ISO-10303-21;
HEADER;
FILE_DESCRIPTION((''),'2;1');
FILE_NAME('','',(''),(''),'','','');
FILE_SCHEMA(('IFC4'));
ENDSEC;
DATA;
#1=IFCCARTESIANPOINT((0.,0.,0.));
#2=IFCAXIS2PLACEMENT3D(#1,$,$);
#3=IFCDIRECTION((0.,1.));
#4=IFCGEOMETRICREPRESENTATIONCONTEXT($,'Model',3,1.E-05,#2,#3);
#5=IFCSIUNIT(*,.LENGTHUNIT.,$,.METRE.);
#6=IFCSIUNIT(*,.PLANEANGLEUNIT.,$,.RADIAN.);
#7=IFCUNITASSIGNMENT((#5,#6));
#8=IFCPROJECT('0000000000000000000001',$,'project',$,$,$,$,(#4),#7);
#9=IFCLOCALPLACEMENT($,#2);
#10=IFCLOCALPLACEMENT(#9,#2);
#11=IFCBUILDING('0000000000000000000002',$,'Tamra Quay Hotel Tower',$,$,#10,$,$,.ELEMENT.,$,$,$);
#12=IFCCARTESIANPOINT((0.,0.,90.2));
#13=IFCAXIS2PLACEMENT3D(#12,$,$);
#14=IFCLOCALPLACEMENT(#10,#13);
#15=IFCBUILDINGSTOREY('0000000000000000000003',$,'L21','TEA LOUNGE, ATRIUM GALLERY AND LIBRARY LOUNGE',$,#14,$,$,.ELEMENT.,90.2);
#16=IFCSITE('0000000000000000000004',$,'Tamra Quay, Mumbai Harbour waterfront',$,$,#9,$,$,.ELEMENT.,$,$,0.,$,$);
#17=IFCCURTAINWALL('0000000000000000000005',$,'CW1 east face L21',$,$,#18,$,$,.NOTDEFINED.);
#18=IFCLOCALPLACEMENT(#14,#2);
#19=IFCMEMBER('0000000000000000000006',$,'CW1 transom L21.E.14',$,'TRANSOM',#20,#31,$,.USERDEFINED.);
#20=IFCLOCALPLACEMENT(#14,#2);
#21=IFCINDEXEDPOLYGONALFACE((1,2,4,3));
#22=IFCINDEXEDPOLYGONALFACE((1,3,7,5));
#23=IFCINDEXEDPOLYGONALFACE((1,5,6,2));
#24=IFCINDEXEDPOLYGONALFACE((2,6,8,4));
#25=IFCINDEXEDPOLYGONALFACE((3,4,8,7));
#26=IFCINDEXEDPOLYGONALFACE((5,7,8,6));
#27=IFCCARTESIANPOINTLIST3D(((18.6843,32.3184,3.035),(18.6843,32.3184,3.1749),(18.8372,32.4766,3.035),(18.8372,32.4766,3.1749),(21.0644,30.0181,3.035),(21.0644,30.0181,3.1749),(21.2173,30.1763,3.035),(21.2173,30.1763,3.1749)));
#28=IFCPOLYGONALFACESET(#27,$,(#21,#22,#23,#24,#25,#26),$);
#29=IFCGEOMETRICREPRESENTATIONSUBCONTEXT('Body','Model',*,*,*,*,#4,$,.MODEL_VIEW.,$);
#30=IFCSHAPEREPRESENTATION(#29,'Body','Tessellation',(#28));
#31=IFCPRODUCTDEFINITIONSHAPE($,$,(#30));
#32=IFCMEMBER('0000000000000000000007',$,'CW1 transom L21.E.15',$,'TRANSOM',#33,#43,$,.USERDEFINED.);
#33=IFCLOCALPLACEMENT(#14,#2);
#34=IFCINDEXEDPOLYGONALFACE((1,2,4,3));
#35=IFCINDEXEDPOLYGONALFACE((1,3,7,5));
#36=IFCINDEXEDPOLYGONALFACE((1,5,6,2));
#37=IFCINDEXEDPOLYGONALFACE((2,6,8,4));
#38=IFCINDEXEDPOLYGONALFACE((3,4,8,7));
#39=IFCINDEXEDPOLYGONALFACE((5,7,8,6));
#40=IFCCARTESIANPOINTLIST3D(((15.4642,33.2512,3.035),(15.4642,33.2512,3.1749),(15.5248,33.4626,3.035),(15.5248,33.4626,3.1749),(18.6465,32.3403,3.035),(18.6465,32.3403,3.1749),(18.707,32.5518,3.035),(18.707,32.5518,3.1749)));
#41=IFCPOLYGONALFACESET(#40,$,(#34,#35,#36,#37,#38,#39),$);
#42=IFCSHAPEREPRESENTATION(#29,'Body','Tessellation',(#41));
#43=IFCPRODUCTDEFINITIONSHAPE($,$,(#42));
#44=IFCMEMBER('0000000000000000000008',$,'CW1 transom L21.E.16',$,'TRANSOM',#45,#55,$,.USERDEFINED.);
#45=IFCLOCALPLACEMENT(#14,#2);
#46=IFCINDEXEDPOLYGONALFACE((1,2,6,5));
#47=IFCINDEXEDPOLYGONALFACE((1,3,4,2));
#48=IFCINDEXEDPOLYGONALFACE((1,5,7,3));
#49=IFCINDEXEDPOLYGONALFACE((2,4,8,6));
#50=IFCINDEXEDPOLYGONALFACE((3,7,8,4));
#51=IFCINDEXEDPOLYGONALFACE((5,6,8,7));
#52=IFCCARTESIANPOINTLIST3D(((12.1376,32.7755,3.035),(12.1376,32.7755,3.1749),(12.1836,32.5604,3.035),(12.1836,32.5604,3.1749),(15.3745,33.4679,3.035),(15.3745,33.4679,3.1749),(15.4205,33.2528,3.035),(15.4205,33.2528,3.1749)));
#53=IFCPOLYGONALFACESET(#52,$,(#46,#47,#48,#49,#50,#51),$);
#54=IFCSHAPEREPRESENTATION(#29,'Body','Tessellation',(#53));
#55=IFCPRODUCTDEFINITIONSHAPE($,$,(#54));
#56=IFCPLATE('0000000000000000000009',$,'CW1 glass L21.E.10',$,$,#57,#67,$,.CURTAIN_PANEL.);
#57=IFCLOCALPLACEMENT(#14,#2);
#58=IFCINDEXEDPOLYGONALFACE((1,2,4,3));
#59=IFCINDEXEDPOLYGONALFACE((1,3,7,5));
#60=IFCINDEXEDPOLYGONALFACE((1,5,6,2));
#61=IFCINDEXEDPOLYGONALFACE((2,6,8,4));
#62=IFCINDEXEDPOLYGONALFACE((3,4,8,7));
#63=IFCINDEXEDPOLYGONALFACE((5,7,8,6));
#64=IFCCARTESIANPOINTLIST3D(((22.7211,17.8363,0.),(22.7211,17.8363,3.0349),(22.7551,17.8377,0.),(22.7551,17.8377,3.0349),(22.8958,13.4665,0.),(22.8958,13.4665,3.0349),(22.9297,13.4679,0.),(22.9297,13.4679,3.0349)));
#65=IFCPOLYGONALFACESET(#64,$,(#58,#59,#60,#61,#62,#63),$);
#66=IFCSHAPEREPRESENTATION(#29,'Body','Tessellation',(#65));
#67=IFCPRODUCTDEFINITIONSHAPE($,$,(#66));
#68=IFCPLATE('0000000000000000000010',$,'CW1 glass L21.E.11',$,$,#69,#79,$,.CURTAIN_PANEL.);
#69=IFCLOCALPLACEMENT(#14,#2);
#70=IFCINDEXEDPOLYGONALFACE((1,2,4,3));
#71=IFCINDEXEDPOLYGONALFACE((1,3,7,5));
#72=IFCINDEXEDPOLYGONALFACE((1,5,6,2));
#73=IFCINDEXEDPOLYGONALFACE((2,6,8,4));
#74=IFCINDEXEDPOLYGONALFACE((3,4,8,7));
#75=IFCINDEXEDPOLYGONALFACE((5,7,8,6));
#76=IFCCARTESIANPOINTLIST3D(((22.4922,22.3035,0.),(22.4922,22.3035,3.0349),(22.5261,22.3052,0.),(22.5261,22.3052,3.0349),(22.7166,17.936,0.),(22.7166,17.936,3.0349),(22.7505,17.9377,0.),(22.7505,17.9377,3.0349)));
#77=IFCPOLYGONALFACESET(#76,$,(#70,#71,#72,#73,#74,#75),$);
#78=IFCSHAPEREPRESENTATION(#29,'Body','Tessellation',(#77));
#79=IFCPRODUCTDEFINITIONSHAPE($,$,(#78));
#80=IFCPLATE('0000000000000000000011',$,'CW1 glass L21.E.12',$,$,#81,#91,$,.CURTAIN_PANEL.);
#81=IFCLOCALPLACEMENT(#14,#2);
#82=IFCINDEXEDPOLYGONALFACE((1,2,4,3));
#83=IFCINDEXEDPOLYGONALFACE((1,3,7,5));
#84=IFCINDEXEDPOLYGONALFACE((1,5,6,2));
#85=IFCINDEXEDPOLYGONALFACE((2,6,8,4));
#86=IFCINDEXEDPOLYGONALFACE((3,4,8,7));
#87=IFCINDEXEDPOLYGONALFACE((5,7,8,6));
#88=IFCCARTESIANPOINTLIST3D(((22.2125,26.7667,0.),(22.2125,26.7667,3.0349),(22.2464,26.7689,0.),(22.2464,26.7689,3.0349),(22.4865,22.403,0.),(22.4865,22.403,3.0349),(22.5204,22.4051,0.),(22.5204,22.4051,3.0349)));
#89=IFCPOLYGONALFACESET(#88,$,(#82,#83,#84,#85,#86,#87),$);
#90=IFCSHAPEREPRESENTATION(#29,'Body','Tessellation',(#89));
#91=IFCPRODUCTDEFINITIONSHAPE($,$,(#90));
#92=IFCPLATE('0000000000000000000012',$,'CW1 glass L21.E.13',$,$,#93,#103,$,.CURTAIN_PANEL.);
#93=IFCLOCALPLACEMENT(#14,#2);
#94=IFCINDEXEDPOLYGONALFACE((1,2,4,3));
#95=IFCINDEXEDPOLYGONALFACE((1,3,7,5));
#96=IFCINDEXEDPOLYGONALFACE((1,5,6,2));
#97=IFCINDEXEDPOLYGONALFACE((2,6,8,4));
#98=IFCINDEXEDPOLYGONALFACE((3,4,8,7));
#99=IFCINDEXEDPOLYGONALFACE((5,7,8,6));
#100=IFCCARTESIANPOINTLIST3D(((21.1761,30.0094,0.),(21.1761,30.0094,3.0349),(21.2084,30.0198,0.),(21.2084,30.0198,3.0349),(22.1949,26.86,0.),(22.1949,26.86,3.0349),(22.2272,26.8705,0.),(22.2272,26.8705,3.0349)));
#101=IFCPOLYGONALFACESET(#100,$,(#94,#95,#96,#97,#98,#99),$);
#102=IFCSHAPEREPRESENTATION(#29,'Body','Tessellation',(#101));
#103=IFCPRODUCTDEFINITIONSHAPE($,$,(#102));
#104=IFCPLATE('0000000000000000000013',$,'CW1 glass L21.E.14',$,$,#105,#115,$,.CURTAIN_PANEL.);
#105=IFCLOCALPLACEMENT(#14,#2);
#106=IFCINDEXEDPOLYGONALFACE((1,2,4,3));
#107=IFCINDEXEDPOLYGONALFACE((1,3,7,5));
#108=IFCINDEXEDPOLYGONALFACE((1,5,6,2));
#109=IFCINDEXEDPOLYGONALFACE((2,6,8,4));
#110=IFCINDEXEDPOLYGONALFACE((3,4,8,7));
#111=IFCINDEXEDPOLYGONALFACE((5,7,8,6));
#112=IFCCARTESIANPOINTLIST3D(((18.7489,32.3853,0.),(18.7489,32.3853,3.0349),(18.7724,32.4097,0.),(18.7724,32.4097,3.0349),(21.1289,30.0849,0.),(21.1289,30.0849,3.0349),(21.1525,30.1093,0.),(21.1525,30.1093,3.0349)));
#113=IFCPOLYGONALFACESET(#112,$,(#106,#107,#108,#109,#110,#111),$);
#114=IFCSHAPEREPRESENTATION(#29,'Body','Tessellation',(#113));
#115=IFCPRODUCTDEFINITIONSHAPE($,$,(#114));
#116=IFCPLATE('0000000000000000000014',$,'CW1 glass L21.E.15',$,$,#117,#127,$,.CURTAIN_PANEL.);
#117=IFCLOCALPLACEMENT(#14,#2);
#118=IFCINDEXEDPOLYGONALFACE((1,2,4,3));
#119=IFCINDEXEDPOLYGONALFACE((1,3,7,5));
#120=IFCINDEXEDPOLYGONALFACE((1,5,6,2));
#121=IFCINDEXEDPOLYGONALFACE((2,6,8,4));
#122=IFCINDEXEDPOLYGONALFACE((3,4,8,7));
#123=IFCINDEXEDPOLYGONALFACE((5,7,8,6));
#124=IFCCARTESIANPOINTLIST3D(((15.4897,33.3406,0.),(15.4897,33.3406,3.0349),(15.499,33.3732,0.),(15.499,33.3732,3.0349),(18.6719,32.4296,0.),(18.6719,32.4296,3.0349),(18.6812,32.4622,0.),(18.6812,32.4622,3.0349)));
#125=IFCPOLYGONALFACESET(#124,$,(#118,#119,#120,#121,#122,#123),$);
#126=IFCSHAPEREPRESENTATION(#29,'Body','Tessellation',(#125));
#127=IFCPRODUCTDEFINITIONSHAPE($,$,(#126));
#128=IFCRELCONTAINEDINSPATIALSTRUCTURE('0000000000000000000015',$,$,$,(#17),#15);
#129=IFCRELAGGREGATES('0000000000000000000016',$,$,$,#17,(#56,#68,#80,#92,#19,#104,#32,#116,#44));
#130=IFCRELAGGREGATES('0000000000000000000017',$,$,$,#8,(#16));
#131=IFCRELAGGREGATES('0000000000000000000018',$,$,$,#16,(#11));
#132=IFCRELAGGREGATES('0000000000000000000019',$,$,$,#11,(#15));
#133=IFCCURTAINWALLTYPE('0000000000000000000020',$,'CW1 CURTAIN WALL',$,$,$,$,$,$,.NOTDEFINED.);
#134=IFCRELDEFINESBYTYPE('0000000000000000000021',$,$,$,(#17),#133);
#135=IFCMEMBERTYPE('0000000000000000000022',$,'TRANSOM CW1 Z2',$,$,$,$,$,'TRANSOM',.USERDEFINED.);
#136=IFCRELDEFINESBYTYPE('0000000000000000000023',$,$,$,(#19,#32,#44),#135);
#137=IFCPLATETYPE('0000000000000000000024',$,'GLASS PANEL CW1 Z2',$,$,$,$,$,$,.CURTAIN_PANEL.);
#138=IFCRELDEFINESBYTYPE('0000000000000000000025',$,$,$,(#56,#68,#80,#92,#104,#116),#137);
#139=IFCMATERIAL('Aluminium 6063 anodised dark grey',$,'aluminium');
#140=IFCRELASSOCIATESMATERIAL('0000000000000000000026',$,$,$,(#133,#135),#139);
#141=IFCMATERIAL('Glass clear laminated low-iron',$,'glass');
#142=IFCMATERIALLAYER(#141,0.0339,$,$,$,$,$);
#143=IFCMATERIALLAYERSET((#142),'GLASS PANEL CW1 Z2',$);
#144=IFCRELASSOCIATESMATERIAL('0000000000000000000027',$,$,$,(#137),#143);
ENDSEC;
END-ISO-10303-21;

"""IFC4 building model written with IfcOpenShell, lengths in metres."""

from ifc_helpers import new_model, si_unit, direction, frame, origin, origin_2d, place, context, subcontext, project, spatial, rectangle, extrude, material, layer, layer_set, material_profile, profile_set, type_object, element, aggregate, save


model = new_model("IFC4")

# Units and contexts
model_context = context("Model", 3, precision=1e-05, world=origin(), true_north=direction((0.0, 1.0)))
body_context = subcontext(model_context, "Body", "Model", "MODEL_VIEW")
ifc_project = project(units=[si_unit("LENGTHUNIT", "METRE"), si_unit("PLANEANGLEUNIT", "RADIAN")], contexts=[model_context])

# Site, building, storey
site_placement = place(None, origin())
site = spatial("IfcSite", under=ifc_project, at=site_placement, Name="Tamra Quay, Mumbai Harbour waterfront", CompositionType="ELEMENT", RefElevation=0.0)
building_placement = place(site_placement, origin())
building = spatial("IfcBuilding", under=site, at=building_placement, Name="Tamra Quay Hotel Tower", CompositionType="ELEMENT")
storey_placement = place(building_placement, frame((0.0, 0.0, 90.2)))
storey = spatial("IfcBuildingStorey", under=building, at=storey_placement, Name="L21", Description="TEA LOUNGE, ATRIUM GALLERY AND LIBRARY LOUNGE", CompositionType="ELEMENT", Elevation=90.2)

# Curtain wall
ifc_material_1 = material(Name="Aluminium 6063 anodised dark grey", Category="aluminium")
curtain_wall_type = type_object("IfcCurtainWallType", Name="CW1 CURTAIN WALL", PredefinedType="NOTDEFINED", material=ifc_material_1)
curtain_wall_placement = place(storey_placement, origin())
curtain_wall = element("IfcCurtainWall", 1, at=curtain_wall_placement, inside=storey, type_object=curtain_wall_type, Name="CW1 east face L21", PredefinedType="NOTDEFINED")

# Members
ifc_material_profile_1 = material_profile(ifc_material_1, rectangle(XDim=0.22, YDim=0.1399, at=origin_2d()), Name="TRANSOM 220X140")
ifc_profile_set_1 = profile_set([ifc_material_profile_1], Name="Aluminium 6063 anodised dark grey")
member_type_1 = type_object("IfcMemberType", Name="TRANSOM CW1 Z2", ElementType="TRANSOM", PredefinedType="USERDEFINED", material=ifc_profile_set_1)
member_1_placement = place(storey_placement, frame((21.1409, 30.0972, 3.105), z_axis=(-0.719063, 0.694945, 0.0), x_axis=(-0.694945, -0.719063, 0.0)))
member_1 = element("IfcMember", 2, at=member_1_placement, type_object=member_type_1, Name="CW1 transom L21.E.14", ObjectType="TRANSOM", PredefinedType="USERDEFINED", context=body_context, shape_type="SweptSolid", body=[
    extrude(rectangle(XDim=0.22, YDim=0.1399, at=origin_2d()), origin(), (0.0, 0.0, 1.0), 3.3101),
])
member_2_placement = place(storey_placement, frame((18.6768, 32.446, 3.105), z_axis=(-0.961393, 0.275179, 0.0), x_axis=(-0.275179, -0.961393, 0.0)))
member_2 = element("IfcMember", 3, at=member_2_placement, type_object=member_type_1, Name="CW1 transom L21.E.15", ObjectType="TRANSOM", PredefinedType="USERDEFINED", context=body_context, shape_type="SweptSolid", body=[
    extrude(rectangle(XDim=0.22, YDim=0.1399, at=origin_2d()), origin(), (0.0, 0.0, 1.0), 3.3101),
])
member_3_placement = place(storey_placement, frame((15.3975, 33.3604, 3.105), z_axis=(-0.977878, -0.209176, 0.0), x_axis=(0.209176, -0.977878, 0.0)))
member_3 = element("IfcMember", 4, at=member_3_placement, type_object=member_type_1, Name="CW1 transom L21.E.16", ObjectType="TRANSOM", PredefinedType="USERDEFINED", context=body_context, shape_type="SweptSolid", body=[
    extrude(rectangle(XDim=0.22, YDim=0.1399, at=origin_2d()), origin(), (0.0, 0.0, 1.0), 3.3101),
])

# Plates
ifc_material_2 = material(Name="Glass clear laminated low-iron", Category="glass")
ifc_layer = layer(ifc_material_2, 0.0339)
ifc_layer_set = layer_set([ifc_layer], Name="GLASS PANEL CW1 Z2")
plate_type = type_object("IfcPlateType", Name="GLASS PANEL CW1 Z2", PredefinedType="CURTAIN_PANEL", material=ifc_layer_set)
plate_1_placement = place(storey_placement, frame((22.8254, 15.6521, 0.0), z_axis=(0.0, 0.0, 1.0), x_axis=(-0.039944, 0.999202, 0.0)))
plate_1 = element("IfcPlate", 5, at=plate_1_placement, type_object=plate_type, Name="CW1 glass L21.E.10", PredefinedType="CURTAIN_PANEL", context=body_context, shape_type="SweptSolid", body=[
    extrude(rectangle(XDim=4.3733, YDim=0.0339, at=origin_2d()), origin(), (0.0, 0.0, 1.0), 3.0349),
])
plate_2_placement = place(storey_placement, frame((22.6213, 20.1206, 0.0), z_axis=(0.0, 0.0, 1.0), x_axis=(-0.051321, 0.998682, 0.0)))
plate_2 = element("IfcPlate", 6, at=plate_2_placement, type_object=plate_type, Name="CW1 glass L21.E.11", PredefinedType="CURTAIN_PANEL", context=body_context, shape_type="SweptSolid", body=[
    extrude(rectangle(XDim=4.3733, YDim=0.0339, at=origin_2d()), origin(), (0.0, 0.0, 1.0), 3.0349),
])
plate_3_placement = place(storey_placement, frame((22.3665, 24.5859, 0.0), z_axis=(0.0, 0.0, 1.0), x_axis=(-0.06267, 0.998034, 0.0)))
plate_3 = element("IfcPlate", 7, at=plate_3_placement, type_object=plate_type, Name="CW1 glass L21.E.12", PredefinedType="CURTAIN_PANEL", context=body_context, shape_type="SweptSolid", body=[
    extrude(rectangle(XDim=4.3723, YDim=0.0339, at=origin_2d()), origin(), (0.0, 0.0, 1.0), 3.0349),
])
plate_4_placement = place(storey_placement, frame((21.7017, 28.4399, 0.0), z_axis=(0.0, 0.0, 1.0), x_axis=(-0.307791, 0.951454, 0.0)))
plate_4 = element("IfcPlate", 8, at=plate_4_placement, type_object=plate_type, Name="CW1 glass L21.E.13", PredefinedType="CURTAIN_PANEL", context=body_context, shape_type="SweptSolid", body=[
    extrude(rectangle(XDim=3.3101, YDim=0.0339, at=origin_2d()), origin(), (0.0, 0.0, 1.0), 3.0349),
])
plate_5_placement = place(storey_placement, frame((19.9507, 31.2473, 0.0), z_axis=(0.0, 0.0, 1.0), x_axis=(-0.719041, 0.694967, 0.0)))
plate_5 = element("IfcPlate", 9, at=plate_5_placement, type_object=plate_type, Name="CW1 glass L21.E.14", PredefinedType="CURTAIN_PANEL", context=body_context, shape_type="SweptSolid", body=[
    extrude(rectangle(XDim=3.3101, YDim=0.0339, at=origin_2d()), origin(), (0.0, 0.0, 1.0), 3.0349),
])
plate_6_placement = place(storey_placement, frame((17.0854, 32.9014, 0.0), z_axis=(0.0, 0.0, 1.0), x_axis=(-0.96138, 0.275224, 0.0)))
plate_6 = element("IfcPlate", 10, at=plate_6_placement, type_object=plate_type, Name="CW1 glass L21.E.15", PredefinedType="CURTAIN_PANEL", context=body_context, shape_type="SweptSolid", body=[
    extrude(rectangle(XDim=3.3101, YDim=0.0339, at=origin_2d()), origin(), (0.0, 0.0, 1.0), 3.0349),
])
aggregate(curtain_wall, [plate_1, plate_2, plate_3, plate_4, member_1, plate_5, member_2, plate_6, member_3])

save(model, "model.ifc")
